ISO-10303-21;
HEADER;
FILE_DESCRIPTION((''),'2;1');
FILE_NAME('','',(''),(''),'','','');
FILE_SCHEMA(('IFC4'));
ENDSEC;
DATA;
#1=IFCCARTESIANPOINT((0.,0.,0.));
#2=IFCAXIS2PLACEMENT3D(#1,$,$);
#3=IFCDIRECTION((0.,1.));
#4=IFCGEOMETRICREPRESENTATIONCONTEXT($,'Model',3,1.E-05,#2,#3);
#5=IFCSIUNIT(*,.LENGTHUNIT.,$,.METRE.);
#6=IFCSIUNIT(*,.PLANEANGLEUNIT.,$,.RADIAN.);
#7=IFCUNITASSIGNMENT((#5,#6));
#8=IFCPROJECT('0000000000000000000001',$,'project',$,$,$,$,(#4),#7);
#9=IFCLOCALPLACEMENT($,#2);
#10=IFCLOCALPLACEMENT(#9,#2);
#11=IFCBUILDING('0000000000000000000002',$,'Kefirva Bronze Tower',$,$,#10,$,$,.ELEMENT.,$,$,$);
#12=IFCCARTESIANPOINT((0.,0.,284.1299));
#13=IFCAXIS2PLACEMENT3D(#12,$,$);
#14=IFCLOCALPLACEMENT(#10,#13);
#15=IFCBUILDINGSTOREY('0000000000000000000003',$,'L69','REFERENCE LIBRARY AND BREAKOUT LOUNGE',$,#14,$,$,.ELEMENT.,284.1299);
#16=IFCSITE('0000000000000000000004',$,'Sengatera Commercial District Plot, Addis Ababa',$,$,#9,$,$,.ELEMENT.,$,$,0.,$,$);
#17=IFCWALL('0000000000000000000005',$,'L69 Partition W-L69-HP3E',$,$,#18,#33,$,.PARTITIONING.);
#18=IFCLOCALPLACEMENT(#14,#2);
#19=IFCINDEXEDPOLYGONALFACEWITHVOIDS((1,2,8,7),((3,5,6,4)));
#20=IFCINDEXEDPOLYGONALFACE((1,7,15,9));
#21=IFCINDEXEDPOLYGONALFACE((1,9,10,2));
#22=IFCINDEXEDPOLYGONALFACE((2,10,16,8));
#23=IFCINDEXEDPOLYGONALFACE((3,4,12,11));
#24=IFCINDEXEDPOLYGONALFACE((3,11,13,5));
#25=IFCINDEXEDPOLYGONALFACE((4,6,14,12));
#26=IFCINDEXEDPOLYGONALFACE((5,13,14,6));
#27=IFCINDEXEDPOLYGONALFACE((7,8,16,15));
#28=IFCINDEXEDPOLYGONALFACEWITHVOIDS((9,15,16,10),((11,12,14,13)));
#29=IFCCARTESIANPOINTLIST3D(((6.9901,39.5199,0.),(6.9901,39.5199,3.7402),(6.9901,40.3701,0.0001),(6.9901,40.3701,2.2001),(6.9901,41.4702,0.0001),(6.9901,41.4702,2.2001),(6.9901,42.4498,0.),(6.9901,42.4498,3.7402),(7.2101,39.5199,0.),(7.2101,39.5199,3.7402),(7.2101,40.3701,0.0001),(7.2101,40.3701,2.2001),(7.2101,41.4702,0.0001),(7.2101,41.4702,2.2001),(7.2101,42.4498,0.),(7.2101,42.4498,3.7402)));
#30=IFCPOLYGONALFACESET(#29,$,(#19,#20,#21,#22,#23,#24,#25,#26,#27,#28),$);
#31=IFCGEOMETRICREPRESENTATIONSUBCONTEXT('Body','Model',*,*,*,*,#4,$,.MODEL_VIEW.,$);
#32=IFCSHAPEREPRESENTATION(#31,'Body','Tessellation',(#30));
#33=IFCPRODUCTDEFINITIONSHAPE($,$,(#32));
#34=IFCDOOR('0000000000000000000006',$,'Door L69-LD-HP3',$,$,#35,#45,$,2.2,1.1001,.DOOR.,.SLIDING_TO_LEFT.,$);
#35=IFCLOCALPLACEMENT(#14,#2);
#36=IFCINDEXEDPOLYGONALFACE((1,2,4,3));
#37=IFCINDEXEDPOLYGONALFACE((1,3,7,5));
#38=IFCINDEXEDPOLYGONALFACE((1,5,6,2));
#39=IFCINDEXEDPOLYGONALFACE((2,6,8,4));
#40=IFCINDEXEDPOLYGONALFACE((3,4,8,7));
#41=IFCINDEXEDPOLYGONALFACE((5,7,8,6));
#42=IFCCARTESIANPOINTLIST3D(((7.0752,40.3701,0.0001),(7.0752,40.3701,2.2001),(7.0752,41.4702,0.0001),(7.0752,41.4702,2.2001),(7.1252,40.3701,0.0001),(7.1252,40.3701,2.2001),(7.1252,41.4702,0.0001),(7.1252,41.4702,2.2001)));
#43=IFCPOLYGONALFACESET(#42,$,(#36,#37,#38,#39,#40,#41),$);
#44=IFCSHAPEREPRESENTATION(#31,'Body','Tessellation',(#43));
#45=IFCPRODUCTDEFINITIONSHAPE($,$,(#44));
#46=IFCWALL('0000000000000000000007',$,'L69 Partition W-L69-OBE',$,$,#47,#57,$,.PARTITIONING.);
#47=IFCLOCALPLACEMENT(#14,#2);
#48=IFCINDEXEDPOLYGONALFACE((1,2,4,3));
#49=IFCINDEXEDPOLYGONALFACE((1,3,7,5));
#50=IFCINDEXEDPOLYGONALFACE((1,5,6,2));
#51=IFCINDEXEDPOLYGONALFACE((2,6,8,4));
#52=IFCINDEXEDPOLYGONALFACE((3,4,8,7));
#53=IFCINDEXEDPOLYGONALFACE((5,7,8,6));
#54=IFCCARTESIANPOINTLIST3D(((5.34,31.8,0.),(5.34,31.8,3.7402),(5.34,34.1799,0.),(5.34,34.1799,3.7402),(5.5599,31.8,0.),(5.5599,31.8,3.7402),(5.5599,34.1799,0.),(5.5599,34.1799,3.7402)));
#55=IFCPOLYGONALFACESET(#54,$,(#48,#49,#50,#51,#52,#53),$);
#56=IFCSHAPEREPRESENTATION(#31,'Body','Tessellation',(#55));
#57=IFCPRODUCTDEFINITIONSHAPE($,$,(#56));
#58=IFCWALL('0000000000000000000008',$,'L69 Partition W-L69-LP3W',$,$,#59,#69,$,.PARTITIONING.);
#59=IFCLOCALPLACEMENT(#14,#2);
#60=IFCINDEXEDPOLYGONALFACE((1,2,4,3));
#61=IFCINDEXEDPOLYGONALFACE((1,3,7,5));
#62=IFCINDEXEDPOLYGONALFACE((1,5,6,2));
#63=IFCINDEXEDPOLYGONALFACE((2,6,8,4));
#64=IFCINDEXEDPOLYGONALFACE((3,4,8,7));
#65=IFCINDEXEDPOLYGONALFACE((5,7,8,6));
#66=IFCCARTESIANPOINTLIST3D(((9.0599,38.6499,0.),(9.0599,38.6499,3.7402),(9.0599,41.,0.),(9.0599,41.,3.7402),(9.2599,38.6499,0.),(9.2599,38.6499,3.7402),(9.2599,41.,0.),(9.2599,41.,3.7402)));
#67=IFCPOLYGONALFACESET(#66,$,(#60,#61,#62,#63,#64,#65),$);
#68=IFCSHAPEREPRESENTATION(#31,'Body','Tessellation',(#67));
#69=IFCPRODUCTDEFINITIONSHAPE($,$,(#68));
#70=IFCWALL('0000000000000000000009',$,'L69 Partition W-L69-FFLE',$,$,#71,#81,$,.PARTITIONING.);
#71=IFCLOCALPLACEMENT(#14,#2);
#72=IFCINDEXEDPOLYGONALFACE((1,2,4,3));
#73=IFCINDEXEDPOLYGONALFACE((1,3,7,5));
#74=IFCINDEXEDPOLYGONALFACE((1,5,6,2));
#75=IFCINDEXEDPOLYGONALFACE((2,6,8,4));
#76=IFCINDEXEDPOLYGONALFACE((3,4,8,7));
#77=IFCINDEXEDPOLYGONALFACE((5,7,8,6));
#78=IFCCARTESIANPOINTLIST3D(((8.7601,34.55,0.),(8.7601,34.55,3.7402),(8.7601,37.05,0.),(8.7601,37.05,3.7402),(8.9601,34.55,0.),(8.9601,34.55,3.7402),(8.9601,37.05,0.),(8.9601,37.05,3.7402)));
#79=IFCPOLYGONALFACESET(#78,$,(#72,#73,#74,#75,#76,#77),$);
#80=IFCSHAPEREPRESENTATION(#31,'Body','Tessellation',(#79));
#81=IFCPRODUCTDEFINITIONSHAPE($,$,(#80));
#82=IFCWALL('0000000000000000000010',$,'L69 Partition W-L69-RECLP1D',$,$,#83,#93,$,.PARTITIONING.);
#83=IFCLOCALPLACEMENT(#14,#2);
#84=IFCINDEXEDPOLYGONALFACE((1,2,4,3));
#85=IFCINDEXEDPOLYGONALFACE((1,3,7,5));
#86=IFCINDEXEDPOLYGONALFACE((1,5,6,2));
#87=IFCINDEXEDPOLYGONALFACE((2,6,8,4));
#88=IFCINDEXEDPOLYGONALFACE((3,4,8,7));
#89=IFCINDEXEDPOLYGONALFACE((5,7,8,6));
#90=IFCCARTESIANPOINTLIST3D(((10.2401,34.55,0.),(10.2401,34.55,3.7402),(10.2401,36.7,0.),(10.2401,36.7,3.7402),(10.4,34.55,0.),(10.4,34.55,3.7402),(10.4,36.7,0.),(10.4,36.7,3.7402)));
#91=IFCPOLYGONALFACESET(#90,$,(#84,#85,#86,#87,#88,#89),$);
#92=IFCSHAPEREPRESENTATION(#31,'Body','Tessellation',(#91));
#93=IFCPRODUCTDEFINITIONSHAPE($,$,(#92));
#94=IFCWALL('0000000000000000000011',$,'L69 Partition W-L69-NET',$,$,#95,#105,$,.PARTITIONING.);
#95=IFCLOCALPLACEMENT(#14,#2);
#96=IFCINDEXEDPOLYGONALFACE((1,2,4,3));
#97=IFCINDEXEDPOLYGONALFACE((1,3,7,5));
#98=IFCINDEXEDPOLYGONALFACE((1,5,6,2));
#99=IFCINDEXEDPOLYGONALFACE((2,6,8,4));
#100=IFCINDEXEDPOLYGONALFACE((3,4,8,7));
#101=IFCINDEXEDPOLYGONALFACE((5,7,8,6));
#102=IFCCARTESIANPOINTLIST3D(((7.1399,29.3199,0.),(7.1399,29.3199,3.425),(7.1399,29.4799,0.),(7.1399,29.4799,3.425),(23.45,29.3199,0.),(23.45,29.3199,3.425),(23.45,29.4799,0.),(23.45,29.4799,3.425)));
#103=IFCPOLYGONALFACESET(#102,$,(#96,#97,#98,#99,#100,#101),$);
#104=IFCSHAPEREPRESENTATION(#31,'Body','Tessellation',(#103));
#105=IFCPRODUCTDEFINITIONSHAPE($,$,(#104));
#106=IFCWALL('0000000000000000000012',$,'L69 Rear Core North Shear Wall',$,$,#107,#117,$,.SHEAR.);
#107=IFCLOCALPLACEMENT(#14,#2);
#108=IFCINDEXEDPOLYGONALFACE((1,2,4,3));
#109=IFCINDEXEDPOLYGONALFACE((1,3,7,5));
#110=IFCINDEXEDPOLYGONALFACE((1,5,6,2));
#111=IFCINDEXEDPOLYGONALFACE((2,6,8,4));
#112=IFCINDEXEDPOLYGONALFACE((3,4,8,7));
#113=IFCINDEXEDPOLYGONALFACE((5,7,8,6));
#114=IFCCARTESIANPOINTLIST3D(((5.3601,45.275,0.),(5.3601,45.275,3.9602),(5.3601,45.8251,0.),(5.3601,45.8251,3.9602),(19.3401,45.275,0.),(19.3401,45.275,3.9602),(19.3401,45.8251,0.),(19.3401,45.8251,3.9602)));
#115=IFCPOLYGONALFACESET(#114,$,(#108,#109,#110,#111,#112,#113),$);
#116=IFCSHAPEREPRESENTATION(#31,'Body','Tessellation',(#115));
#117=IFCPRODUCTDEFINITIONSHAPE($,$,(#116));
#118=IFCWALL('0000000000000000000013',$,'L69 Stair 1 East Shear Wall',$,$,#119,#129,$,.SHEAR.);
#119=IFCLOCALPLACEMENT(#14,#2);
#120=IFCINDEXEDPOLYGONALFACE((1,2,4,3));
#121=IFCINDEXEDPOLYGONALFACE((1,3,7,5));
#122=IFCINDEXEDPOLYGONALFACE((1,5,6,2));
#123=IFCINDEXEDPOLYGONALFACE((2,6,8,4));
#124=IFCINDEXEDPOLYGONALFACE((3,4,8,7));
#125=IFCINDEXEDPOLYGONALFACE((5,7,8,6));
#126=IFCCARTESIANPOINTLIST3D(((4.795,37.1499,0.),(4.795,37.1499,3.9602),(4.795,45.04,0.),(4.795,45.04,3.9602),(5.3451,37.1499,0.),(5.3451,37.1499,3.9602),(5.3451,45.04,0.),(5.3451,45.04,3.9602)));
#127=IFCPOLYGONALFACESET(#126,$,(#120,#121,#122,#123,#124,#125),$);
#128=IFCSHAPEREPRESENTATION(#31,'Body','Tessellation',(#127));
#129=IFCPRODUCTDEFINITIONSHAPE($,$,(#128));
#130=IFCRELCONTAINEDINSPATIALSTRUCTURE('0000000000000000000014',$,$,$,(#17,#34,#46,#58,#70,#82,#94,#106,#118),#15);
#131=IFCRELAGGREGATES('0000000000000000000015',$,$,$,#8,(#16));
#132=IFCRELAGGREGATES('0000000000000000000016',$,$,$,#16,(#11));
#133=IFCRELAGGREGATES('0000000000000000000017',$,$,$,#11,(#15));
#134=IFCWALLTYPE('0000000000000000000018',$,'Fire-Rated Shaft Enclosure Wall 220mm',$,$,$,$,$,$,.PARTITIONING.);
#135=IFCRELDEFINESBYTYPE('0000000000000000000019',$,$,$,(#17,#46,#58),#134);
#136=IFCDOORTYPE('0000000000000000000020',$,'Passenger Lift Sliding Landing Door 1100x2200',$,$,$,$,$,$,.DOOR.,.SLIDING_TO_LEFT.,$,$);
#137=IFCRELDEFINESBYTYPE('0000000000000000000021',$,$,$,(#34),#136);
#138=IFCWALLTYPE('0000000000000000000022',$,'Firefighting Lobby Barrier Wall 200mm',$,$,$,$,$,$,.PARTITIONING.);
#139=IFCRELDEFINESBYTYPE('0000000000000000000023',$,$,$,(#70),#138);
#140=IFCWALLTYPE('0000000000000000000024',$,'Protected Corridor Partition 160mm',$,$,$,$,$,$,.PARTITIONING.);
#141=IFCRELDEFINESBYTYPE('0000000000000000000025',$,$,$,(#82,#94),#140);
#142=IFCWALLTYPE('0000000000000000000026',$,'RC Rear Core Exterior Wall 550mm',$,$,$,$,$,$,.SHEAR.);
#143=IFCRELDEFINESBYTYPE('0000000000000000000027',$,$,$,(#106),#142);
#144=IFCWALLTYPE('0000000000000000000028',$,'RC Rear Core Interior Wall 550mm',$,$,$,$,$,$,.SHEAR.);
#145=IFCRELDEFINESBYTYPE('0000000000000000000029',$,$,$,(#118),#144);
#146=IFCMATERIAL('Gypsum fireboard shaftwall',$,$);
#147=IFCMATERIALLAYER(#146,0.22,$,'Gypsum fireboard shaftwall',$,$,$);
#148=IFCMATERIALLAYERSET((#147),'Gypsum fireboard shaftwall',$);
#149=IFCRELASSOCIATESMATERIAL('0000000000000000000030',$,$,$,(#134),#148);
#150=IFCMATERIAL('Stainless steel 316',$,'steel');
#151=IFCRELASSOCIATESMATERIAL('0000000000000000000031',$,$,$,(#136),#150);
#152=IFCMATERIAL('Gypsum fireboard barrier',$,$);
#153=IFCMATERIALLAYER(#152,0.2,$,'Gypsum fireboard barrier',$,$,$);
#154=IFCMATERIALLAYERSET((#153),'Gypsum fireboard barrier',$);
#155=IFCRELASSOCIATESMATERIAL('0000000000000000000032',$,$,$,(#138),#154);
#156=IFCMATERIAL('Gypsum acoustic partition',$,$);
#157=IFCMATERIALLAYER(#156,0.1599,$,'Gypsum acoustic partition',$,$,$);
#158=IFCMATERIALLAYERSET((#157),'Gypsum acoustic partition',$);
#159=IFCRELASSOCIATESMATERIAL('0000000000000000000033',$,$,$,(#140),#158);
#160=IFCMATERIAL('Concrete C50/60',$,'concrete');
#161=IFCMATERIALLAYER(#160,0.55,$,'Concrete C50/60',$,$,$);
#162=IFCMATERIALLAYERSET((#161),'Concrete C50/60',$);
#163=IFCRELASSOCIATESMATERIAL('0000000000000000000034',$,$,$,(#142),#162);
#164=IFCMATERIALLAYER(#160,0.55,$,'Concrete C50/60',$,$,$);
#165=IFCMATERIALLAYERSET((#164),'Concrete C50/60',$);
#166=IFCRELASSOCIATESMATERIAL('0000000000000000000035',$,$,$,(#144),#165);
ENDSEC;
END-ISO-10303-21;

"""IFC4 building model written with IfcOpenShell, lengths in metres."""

from ifc_helpers import new_model, si_unit, direction, frame, frame_2d, origin, place, context, subcontext, project, spatial, rectangle, extrude, material, layer, layer_set, type_object, element, fill, save


model = new_model("IFC4")

# Units and contexts
model_context = context("Model", 3, precision=1e-05, world=origin(), true_north=direction((0.0, 1.0)))
body_context = subcontext(model_context, "Body", "Model", "MODEL_VIEW")
ifc_project = project(units=[si_unit("LENGTHUNIT", "METRE"), si_unit("PLANEANGLEUNIT", "RADIAN")], contexts=[model_context])

# Site, building, storey
site_placement = place(None, origin())
site = spatial("IfcSite", under=ifc_project, at=site_placement, Name="Sengatera Commercial District Plot, Addis Ababa", CompositionType="ELEMENT", RefElevation=0.0)
building_placement = place(site_placement, origin())
building = spatial("IfcBuilding", under=site, at=building_placement, Name="Kefirva Bronze Tower", CompositionType="ELEMENT")
storey_placement = place(building_placement, frame((0.0, 0.0, 284.1299)))
storey = spatial("IfcBuildingStorey", under=building, at=storey_placement, Name="L69", Description="REFERENCE LIBRARY AND BREAKOUT LOUNGE", CompositionType="ELEMENT", Elevation=284.1299)

# Shared definitions
ifc_material_1 = material(Name="Concrete C50/60", Category="concrete")

# Shared definitions
ifc_material_2 = material(Name="Gypsum fireboard shaftwall")
ifc_layer_1 = layer(ifc_material_2, 0.22, Name="Gypsum fireboard shaftwall")
ifc_layer_set_1 = layer_set([ifc_layer_1], Name="Gypsum fireboard shaftwall")
wall_type_1 = type_object("IfcWallType", Name="Fire-Rated Shaft Enclosure Wall 220mm", PredefinedType="PARTITIONING", material=ifc_layer_set_1)
ifc_material_3 = material(Name="Stainless steel 316", Category="steel")

# Wall, opening, door
wall_1_placement = place(storey_placement, frame((7.1001, 39.52, 0.0), z_axis=(0.0, 0.0, 1.0), x_axis=(0.0, 1.0, 0.0)))
wall_1 = element("IfcWall", 1, at=wall_1_placement, inside=storey, type_object=wall_type_1, Name="L69 Partition W-L69-HP3E", PredefinedType="PARTITIONING", context=body_context, shape_type="SweptSolid", body=[
    extrude(rectangle(XDim=2.9299, YDim=0.22, at=frame_2d((1.4648, 0.0))), origin(), (0.0, 0.0, 1.0), 3.7402),
])
opening_1_placement = place(wall_1_placement, frame((0.8501, 0.0, 0.0)))
opening_1 = element("IfcOpeningElement", 2, at=opening_1_placement, cuts=wall_1, PredefinedType="OPENING", context=body_context, shape_type="SweptSolid", body=[
    extrude(rectangle(XDim=1.1001, YDim=2.2, at=frame_2d((0.55, 1.1001))), frame((0.0, 0.1201, 0.0), z_axis=(0.0, -1.0, 0.0), x_axis=(1.0, 0.0, 0.0)), (0.0, 0.0, 1.0), 0.24),
])
door_type_1 = type_object("IfcDoorType", Name="Passenger Lift Sliding Landing Door 1100x2200", OperationType="SLIDING_TO_LEFT", PredefinedType="DOOR", material=ifc_material_3)
door_1_placement = place(opening_1_placement, origin())
door_1 = element("IfcDoor", 3, at=door_1_placement, inside=storey, type_object=door_type_1, Name="Door L69-LD-HP3", OperationType="SLIDING_TO_LEFT", OverallHeight=2.2, OverallWidth=1.1001, PredefinedType="DOOR", context=body_context, shape_type="SweptSolid", body=[
    extrude(rectangle(XDim=1.1001, YDim=2.2, at=frame_2d((0.55, 1.1001))), frame((0.0, 0.0249, 0.0), z_axis=(0.0, -1.0, 0.0), x_axis=(1.0, 0.0, 0.0)), (0.0, 0.0, 1.0), 0.05),
])
fill(opening_1, door_1)

# Walls
wall_2_placement = place(storey_placement, frame((5.45, 31.8, 0.0), z_axis=(0.0, 0.0, 1.0), x_axis=(0.0, 1.0, 0.0)))
element("IfcWall", 4, at=wall_2_placement, inside=storey, type_object=wall_type_1, Name="L69 Partition W-L69-OBE", PredefinedType="PARTITIONING", context=body_context, shape_type="SweptSolid", body=[
    extrude(rectangle(XDim=2.3799, YDim=0.22, at=frame_2d((1.1899, 0.0))), origin(), (0.0, 0.0, 1.0), 3.7402),
])
wall_3_placement = place(storey_placement, frame((9.1599, 38.6499, 0.0), z_axis=(0.0, 0.0, 1.0), x_axis=(0.0, 1.0, 0.0)))
element("IfcWall", 5, at=wall_3_placement, inside=storey, type_object=wall_type_1, Name="L69 Partition W-L69-LP3W", PredefinedType="PARTITIONING", context=body_context, shape_type="SweptSolid", body=[
    extrude(rectangle(XDim=2.3501, YDim=0.2, at=frame_2d((1.175, 0.0))), origin(), (0.0, 0.0, 1.0), 3.7402),
])
ifc_material_4 = material(Name="Gypsum fireboard barrier")
ifc_layer_2 = layer(ifc_material_4, 0.2, Name="Gypsum fireboard barrier")
ifc_layer_set_2 = layer_set([ifc_layer_2], Name="Gypsum fireboard barrier")
wall_type_2 = type_object("IfcWallType", Name="Firefighting Lobby Barrier Wall 200mm", PredefinedType="PARTITIONING", material=ifc_layer_set_2)
wall_4_placement = place(storey_placement, frame((8.8601, 34.55, 0.0), z_axis=(0.0, 0.0, 1.0), x_axis=(0.0, 1.0, 0.0)))
element("IfcWall", 6, at=wall_4_placement, inside=storey, type_object=wall_type_2, Name="L69 Partition W-L69-FFLE", PredefinedType="PARTITIONING", context=body_context, shape_type="SweptSolid", body=[
    extrude(rectangle(XDim=2.5, YDim=0.2, at=frame_2d((1.25, 0.0))), origin(), (0.0, 0.0, 1.0), 3.7402),
])

# Shared definitions
ifc_material_5 = material(Name="Gypsum acoustic partition")
ifc_layer_3 = layer(ifc_material_5, 0.1599, Name="Gypsum acoustic partition")
ifc_layer_set_3 = layer_set([ifc_layer_3], Name="Gypsum acoustic partition")
wall_type_3 = type_object("IfcWallType", Name="Protected Corridor Partition 160mm", PredefinedType="PARTITIONING", material=ifc_layer_set_3)

# Wall
wall_5_placement = place(storey_placement, frame((10.3201, 34.55, 0.0), z_axis=(0.0, 0.0, 1.0), x_axis=(0.0, 1.0, 0.0)))
element("IfcWall", 7, at=wall_5_placement, inside=storey, type_object=wall_type_3, Name="L69 Partition W-L69-RECLP1D", PredefinedType="PARTITIONING", context=body_context, shape_type="SweptSolid", body=[
    extrude(rectangle(XDim=2.1499, YDim=0.1599, at=frame_2d((1.075, 0.0))), origin(), (0.0, 0.0, 1.0), 3.7402),
])

# Walls
wall_6_placement = place(storey_placement, frame((7.1399, 29.3999, 0.0), z_axis=(0.0, 0.0, 1.0), x_axis=(1.0, 0.0, 0.0)))
element("IfcWall", 8, at=wall_6_placement, inside=storey, type_object=wall_type_3, Name="L69 Partition W-L69-NET", PredefinedType="PARTITIONING", context=body_context, shape_type="SweptSolid", body=[
    extrude(rectangle(XDim=16.3101, YDim=0.1599, at=frame_2d((8.155, 0.0))), origin(), (0.0, 0.0, 1.0), 3.425),
])
ifc_layer_4 = layer(ifc_material_1, 0.55, Name="Concrete C50/60")
ifc_layer_set_4 = layer_set([ifc_layer_4], Name="Concrete C50/60")
wall_type_4 = type_object("IfcWallType", Name="RC Rear Core Exterior Wall 550mm", PredefinedType="SHEAR", material=ifc_layer_set_4)
wall_7_placement = place(storey_placement, frame((5.3601, 45.55, 0.0), z_axis=(0.0, 0.0, 1.0), x_axis=(1.0, 0.0, 0.0)))
element("IfcWall", 9, at=wall_7_placement, inside=storey, type_object=wall_type_4, Name="L69 Rear Core North Shear Wall", PredefinedType="SHEAR", context=body_context, shape_type="SweptSolid", body=[
    extrude(rectangle(XDim=13.98, YDim=0.55, at=frame_2d((6.99, 0.0))), origin(), (0.0, 0.0, 1.0), 3.9602),
])
ifc_layer_5 = layer(ifc_material_1, 0.55, Name="Concrete C50/60")
ifc_layer_set_5 = layer_set([ifc_layer_5], Name="Concrete C50/60")
wall_type_5 = type_object("IfcWallType", Name="RC Rear Core Interior Wall 550mm", PredefinedType="SHEAR", material=ifc_layer_set_5)
wall_8_placement = place(storey_placement, frame((5.0701, 37.1499, 0.0), z_axis=(0.0, 0.0, 1.0), x_axis=(0.0, 1.0, 0.0)))
element("IfcWall", 10, at=wall_8_placement, inside=storey, type_object=wall_type_5, Name="L69 Stair 1 East Shear Wall", PredefinedType="SHEAR", context=body_context, shape_type="SweptSolid", body=[
    extrude(rectangle(XDim=7.8901, YDim=0.55, at=frame_2d((3.9451, 0.0))), origin(), (0.0, 0.0, 1.0), 3.9602),
])

save(model, "model.ifc")
